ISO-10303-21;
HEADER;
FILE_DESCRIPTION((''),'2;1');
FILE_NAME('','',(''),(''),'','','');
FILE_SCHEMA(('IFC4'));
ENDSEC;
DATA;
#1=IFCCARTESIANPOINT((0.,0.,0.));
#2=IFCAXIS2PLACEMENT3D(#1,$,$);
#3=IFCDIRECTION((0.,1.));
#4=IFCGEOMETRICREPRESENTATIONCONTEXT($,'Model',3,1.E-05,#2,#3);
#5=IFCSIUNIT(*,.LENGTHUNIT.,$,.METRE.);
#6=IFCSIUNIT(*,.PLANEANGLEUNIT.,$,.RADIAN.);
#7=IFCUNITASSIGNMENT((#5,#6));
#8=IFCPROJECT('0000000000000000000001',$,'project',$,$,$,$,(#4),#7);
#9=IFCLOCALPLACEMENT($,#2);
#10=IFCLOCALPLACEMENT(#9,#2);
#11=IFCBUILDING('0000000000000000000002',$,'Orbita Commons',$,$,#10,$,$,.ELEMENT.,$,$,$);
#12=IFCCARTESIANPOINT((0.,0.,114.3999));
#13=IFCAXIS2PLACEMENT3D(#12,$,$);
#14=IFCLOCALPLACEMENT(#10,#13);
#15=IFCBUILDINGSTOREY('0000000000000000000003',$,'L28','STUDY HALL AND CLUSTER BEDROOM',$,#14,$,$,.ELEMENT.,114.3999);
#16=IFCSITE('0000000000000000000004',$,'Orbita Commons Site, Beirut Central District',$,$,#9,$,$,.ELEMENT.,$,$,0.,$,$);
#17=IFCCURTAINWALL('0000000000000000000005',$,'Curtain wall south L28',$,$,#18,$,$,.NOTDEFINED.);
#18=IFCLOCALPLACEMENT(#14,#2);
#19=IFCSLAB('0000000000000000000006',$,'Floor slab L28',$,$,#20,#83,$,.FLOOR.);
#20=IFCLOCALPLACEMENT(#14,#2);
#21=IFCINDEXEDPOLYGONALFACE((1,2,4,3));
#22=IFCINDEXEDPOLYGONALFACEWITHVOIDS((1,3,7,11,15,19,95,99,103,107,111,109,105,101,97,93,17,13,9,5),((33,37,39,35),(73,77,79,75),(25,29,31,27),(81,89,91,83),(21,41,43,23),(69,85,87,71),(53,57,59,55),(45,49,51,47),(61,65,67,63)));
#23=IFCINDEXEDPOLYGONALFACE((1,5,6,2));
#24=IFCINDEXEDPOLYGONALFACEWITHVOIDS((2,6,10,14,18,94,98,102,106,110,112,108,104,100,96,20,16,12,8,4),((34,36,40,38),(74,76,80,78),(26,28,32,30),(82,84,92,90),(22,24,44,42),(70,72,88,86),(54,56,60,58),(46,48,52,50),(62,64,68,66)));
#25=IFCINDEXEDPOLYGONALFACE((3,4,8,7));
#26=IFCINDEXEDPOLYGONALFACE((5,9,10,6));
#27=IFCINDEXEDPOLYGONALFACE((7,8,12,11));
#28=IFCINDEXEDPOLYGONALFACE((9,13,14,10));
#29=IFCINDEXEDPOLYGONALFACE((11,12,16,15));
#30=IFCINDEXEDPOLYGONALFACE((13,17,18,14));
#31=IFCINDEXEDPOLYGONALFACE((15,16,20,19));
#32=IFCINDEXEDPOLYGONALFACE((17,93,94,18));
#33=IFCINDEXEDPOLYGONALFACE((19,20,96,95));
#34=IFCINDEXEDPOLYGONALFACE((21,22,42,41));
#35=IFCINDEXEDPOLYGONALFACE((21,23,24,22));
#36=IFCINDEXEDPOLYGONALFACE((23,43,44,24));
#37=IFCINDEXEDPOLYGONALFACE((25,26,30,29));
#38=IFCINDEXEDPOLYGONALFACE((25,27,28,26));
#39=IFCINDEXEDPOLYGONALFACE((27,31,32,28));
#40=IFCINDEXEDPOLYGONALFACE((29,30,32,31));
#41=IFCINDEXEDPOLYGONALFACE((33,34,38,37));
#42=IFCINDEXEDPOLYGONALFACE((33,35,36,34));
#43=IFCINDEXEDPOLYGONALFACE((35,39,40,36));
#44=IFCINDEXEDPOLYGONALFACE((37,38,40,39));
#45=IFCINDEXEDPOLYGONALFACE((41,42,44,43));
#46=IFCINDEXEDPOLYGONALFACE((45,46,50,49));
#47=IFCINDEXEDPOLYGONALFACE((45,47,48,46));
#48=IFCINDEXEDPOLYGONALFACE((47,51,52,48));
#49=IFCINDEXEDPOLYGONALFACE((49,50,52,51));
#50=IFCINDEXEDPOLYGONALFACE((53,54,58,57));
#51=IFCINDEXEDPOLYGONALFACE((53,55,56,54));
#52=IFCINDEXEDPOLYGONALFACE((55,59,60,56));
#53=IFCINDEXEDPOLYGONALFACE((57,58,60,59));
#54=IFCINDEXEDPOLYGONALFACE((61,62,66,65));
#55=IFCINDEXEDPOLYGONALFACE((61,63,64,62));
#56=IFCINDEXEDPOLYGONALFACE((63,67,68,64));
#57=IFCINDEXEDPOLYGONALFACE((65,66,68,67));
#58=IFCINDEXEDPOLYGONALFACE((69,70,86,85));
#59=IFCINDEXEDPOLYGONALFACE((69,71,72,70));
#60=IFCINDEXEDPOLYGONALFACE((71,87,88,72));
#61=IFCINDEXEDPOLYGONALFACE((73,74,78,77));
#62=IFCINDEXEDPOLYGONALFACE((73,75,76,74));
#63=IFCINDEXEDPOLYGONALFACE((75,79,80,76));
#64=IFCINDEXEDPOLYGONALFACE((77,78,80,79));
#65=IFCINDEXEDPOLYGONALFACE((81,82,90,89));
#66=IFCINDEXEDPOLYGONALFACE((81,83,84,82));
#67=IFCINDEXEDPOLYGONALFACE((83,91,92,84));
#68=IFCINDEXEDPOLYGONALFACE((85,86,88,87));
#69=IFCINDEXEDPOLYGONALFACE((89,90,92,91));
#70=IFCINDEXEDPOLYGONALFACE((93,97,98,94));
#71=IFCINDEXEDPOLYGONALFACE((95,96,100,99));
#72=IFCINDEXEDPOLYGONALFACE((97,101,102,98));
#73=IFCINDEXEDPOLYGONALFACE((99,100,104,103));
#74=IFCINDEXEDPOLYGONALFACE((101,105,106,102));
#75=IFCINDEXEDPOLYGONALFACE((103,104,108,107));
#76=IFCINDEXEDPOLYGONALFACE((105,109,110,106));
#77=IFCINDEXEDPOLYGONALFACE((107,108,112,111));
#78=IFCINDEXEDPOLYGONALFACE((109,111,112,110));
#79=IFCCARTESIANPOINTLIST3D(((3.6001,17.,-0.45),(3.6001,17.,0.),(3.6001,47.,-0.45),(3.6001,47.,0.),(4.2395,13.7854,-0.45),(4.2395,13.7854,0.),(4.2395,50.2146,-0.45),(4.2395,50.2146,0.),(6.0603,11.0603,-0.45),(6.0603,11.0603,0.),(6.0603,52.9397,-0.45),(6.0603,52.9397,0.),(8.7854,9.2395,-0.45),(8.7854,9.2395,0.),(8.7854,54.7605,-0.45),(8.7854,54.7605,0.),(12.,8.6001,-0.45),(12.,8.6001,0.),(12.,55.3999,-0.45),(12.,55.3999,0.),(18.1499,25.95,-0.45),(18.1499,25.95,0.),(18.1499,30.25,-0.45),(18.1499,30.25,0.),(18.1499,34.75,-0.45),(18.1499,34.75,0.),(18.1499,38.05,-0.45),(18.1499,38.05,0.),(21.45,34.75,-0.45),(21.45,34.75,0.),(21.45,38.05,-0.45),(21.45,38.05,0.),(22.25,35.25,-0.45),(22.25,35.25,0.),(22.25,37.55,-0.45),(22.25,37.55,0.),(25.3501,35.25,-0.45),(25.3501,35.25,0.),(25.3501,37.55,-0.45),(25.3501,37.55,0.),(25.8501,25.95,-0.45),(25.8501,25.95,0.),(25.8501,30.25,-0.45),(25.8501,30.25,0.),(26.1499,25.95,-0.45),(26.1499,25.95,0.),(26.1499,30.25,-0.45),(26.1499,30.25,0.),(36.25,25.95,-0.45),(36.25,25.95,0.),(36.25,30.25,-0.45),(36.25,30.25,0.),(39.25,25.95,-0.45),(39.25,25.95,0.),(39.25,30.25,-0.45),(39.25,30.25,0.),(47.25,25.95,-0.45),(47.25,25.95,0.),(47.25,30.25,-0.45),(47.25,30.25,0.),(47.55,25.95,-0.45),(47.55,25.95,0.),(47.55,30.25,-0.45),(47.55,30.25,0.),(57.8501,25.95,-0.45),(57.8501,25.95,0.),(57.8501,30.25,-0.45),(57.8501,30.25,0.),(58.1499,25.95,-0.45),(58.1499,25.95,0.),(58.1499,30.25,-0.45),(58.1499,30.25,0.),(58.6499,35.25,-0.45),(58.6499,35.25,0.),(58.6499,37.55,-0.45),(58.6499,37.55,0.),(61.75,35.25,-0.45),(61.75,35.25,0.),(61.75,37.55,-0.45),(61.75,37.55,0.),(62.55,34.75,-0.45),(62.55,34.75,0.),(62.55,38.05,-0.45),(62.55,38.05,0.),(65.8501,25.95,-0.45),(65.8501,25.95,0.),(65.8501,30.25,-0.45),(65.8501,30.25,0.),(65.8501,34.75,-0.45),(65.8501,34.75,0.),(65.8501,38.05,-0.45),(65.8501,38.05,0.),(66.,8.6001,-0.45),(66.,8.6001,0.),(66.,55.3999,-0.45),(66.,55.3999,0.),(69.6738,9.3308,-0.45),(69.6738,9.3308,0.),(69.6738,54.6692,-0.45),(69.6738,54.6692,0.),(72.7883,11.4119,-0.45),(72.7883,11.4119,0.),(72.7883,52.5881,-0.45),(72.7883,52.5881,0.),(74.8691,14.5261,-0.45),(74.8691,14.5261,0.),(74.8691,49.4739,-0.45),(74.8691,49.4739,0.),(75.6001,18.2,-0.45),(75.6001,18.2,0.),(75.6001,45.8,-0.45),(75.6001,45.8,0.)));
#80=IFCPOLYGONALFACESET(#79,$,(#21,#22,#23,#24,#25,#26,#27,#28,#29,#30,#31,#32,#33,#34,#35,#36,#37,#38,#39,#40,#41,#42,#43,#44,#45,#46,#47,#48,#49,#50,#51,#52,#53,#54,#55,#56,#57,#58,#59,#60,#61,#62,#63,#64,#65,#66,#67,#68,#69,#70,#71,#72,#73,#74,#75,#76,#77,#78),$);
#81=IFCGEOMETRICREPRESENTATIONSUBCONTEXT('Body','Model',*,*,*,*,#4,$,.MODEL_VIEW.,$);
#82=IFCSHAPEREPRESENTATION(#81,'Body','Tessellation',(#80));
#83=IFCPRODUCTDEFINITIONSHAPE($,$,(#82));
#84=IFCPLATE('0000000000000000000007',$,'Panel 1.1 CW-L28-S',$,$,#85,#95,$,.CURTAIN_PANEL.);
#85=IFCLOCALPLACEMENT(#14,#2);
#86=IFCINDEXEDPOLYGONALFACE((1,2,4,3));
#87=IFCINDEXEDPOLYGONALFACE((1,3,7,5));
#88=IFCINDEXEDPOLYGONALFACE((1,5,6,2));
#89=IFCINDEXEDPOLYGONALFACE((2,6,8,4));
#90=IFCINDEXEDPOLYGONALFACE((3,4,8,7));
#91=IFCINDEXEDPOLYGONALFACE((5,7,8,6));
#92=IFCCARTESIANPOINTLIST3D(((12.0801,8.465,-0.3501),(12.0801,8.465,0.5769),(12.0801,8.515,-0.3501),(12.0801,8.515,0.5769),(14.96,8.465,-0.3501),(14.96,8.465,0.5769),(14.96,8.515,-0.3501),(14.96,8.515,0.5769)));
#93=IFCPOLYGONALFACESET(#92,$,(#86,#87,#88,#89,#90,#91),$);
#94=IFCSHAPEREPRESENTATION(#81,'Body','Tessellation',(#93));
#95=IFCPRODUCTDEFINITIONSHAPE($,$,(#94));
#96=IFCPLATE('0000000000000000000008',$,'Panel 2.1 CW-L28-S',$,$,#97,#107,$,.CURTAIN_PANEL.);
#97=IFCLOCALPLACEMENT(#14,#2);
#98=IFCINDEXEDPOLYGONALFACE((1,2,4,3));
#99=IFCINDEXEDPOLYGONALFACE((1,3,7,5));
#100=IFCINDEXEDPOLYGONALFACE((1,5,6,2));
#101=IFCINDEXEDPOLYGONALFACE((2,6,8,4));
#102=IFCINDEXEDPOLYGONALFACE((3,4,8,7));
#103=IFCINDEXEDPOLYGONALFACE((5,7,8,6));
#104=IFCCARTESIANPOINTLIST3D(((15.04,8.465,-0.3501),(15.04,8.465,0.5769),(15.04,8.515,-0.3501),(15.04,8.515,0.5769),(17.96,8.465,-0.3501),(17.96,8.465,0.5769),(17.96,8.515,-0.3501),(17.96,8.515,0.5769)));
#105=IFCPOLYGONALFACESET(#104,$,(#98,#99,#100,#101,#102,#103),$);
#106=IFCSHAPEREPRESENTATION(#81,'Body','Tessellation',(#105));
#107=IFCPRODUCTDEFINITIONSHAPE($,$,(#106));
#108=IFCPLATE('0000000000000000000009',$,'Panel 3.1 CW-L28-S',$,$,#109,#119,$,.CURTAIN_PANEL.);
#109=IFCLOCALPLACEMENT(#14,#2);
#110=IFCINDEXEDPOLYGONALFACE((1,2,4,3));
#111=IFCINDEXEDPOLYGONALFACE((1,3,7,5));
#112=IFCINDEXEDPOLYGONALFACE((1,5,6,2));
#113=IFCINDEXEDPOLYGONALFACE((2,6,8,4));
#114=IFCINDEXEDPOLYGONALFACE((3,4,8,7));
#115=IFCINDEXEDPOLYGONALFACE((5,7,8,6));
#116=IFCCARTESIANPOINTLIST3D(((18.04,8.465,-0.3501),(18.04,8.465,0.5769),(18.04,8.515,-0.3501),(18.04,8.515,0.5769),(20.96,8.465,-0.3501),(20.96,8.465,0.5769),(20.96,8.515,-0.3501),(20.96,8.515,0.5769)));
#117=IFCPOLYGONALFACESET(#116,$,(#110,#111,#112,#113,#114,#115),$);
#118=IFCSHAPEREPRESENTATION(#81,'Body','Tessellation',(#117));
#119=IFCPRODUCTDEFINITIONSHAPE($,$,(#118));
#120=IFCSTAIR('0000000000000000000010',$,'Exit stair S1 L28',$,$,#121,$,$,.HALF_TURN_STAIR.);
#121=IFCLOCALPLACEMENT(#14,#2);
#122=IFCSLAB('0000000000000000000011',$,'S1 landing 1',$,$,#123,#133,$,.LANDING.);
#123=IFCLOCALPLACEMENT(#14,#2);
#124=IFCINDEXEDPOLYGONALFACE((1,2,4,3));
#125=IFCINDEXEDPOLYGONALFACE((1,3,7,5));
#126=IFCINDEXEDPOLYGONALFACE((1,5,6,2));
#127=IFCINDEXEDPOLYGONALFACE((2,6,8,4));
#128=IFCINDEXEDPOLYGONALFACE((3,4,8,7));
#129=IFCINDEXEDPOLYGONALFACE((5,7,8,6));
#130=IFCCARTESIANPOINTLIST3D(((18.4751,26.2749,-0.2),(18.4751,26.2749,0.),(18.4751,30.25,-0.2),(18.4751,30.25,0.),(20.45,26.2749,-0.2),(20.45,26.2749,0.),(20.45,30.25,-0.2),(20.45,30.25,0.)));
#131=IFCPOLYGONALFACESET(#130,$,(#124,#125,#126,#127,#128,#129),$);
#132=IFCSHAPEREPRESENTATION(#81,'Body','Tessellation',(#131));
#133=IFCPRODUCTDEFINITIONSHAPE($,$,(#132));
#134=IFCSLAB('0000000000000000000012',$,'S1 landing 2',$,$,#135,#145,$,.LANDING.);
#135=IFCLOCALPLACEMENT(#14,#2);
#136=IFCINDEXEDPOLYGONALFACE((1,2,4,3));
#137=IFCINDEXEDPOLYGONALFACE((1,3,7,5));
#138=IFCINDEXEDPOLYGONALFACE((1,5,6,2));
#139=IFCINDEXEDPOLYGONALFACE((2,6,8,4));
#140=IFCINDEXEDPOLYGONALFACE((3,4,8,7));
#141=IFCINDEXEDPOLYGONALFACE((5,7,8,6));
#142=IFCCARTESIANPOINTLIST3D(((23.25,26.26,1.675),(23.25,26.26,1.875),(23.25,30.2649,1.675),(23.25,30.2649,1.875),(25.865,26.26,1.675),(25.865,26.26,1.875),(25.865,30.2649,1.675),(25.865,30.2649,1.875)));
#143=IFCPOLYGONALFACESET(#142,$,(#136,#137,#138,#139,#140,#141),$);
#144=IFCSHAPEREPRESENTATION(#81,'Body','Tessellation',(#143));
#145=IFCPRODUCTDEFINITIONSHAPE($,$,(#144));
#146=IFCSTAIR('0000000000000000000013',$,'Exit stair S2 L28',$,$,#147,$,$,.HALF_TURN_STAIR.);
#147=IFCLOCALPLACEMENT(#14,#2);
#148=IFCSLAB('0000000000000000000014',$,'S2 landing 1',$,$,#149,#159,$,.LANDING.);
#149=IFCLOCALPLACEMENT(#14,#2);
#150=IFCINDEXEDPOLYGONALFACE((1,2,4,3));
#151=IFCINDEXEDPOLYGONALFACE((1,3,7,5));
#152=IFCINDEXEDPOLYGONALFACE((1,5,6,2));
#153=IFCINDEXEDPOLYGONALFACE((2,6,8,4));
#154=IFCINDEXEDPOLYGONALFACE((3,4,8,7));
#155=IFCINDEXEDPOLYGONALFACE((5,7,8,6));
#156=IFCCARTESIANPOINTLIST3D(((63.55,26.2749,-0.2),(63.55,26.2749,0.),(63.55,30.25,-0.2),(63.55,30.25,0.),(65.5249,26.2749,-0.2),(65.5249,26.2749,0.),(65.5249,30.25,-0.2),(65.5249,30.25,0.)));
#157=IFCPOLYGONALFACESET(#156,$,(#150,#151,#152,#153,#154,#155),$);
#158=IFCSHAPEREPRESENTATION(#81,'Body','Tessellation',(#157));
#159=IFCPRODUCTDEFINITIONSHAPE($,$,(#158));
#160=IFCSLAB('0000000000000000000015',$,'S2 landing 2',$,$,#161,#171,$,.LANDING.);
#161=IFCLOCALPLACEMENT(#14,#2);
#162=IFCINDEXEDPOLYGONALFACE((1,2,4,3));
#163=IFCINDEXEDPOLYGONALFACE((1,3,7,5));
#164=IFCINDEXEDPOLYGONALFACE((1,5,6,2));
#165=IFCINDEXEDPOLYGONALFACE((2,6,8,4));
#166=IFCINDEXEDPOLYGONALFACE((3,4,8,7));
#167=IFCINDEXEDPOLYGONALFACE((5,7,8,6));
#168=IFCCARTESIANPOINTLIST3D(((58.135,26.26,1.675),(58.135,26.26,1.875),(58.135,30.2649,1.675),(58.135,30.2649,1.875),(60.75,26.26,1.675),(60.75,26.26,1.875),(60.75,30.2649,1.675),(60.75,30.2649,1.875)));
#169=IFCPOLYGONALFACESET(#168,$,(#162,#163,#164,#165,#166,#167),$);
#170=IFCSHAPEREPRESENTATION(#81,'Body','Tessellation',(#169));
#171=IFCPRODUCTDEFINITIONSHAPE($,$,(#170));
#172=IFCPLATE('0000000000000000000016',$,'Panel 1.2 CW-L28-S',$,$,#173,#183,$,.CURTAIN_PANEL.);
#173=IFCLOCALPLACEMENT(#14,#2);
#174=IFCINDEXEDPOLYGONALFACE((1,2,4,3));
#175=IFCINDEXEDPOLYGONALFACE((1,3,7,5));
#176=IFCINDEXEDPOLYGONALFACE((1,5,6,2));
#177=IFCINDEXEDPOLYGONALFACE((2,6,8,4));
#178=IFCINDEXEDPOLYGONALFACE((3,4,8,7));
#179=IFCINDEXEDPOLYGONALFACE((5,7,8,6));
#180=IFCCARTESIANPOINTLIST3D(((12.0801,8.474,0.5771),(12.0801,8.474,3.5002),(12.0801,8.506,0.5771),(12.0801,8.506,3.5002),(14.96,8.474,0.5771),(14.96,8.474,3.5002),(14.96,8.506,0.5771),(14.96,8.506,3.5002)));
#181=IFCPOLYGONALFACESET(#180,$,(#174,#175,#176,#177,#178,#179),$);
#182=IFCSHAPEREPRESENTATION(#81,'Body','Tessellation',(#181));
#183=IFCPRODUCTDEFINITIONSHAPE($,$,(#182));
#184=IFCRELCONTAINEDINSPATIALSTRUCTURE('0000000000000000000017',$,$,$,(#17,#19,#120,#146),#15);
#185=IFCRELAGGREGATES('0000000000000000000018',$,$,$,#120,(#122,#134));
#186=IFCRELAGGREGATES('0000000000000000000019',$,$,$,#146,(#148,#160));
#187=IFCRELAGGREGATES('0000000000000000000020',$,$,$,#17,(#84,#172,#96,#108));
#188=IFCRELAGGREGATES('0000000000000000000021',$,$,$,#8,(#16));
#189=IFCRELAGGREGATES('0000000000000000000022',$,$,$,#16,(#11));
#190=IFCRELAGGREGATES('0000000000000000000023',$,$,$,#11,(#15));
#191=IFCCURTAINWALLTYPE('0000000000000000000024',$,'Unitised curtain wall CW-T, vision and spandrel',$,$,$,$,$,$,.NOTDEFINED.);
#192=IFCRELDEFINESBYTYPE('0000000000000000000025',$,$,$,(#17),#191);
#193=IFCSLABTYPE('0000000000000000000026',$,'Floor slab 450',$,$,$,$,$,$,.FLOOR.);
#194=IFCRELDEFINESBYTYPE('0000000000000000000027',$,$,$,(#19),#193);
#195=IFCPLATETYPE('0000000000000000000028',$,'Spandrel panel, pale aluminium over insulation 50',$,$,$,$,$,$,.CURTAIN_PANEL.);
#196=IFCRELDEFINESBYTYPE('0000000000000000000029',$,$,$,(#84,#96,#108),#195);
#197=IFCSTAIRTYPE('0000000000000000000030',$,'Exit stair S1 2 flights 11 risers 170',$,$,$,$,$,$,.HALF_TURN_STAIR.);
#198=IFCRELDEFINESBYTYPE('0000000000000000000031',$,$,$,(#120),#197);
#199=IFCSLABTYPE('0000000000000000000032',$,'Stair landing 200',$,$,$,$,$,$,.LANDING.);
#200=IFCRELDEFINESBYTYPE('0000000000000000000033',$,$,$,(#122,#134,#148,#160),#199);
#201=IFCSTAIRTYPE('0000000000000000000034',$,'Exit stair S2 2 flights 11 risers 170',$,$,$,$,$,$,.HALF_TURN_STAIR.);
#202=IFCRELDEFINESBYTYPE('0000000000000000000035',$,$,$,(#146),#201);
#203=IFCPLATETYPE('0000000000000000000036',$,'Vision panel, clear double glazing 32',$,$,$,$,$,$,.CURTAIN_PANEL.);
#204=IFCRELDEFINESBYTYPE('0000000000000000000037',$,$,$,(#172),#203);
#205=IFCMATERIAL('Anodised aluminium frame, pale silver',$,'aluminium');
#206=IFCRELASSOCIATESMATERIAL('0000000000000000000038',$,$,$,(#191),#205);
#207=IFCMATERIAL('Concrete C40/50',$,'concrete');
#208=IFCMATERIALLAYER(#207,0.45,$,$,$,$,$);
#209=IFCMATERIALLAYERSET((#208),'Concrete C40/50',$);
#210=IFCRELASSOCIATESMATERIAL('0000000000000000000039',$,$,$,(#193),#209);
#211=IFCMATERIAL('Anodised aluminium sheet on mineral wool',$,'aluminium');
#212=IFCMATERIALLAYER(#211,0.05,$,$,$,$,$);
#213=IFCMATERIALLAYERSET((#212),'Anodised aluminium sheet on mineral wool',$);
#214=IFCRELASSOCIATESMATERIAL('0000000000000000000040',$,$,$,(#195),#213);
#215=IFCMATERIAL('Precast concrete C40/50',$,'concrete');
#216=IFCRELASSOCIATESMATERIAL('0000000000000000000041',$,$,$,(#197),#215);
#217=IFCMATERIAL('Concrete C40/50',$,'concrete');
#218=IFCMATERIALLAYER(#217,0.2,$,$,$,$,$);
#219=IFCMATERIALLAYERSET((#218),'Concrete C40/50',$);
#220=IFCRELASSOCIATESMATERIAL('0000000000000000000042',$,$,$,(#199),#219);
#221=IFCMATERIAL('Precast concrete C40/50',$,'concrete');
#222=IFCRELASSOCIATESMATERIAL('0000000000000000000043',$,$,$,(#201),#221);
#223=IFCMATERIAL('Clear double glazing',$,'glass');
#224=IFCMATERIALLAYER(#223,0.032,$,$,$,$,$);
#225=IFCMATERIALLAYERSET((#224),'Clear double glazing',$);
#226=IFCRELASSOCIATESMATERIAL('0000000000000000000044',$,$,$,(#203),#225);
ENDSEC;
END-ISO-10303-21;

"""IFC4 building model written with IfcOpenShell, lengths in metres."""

from ifc_helpers import new_model, si_unit, direction, frame, origin, origin_2d, place, context, subcontext, project, spatial, polyline, rectangle, outline, extrude, material, layer, layer_set, type_object, element, aggregate, save


model = new_model("IFC4")

# Units and contexts
model_context = context("Model", 3, precision=1e-05, world=origin(), true_north=direction((0.0, 1.0)))
body_context = subcontext(model_context, "Body", "Model", "MODEL_VIEW")
ifc_project = project(units=[si_unit("LENGTHUNIT", "METRE"), si_unit("PLANEANGLEUNIT", "RADIAN")], contexts=[model_context])

# Site, building, storey
site_placement = place(None, origin())
site = spatial("IfcSite", under=ifc_project, at=site_placement, Name="Orbita Commons Site, Beirut Central District", CompositionType="ELEMENT", RefElevation=0.0)
building_placement = place(site_placement, origin())
building = spatial("IfcBuilding", under=site, at=building_placement, Name="Orbita Commons", CompositionType="ELEMENT")
storey_placement = place(building_placement, frame((0.0, 0.0, 114.3999)))
storey = spatial("IfcBuildingStorey", under=building, at=storey_placement, Name="L28", Description="STUDY HALL AND CLUSTER BEDROOM", CompositionType="ELEMENT", Elevation=114.3999)

# Curtain wall
ifc_material_1 = material(Name="Anodised aluminium frame, pale silver", Category="aluminium")
curtain_wall_type = type_object("IfcCurtainWallType", Name="Unitised curtain wall CW-T, vision and spandrel", PredefinedType="NOTDEFINED", material=ifc_material_1)
curtain_wall_placement = place(storey_placement, origin())
curtain_wall = element("IfcCurtainWall", 1, at=curtain_wall_placement, inside=storey, type_object=curtain_wall_type, Name="Curtain wall south L28", PredefinedType="NOTDEFINED")

# Slab
ifc_material_2 = material(Name="Concrete C40/50", Category="concrete")
ifc_layer_1 = layer(ifc_material_2, 0.45)
ifc_layer_set_1 = layer_set([ifc_layer_1], Name="Concrete C40/50")
slab_type_1 = type_object("IfcSlabType", Name="Floor slab 450", PredefinedType="FLOOR", material=ifc_layer_set_1)
slab_1_placement = place(storey_placement, frame((0.0, 0.0, -0.45)))
element("IfcSlab", 2, at=slab_1_placement, inside=storey, type_object=slab_type_1, Name="Floor slab L28", PredefinedType="FLOOR", context=body_context, shape_type="SweptSolid", body=[
    extrude(outline(polyline([(66.0, 8.6001), (69.6738, 9.3308), (72.7883, 11.4119), (74.8691, 14.5261), (75.6001, 18.2), (75.6001, 45.8), (74.8691, 49.4739), (72.7883, 52.5881), (69.6738, 54.6692), (66.0, 55.3999), (12.0, 55.3999), (8.7854, 54.7605), (6.0603, 52.9397), (4.2395, 50.2146), (3.6001, 47.0), (3.6001, 17.0), (4.2395, 13.7854), (6.0603, 11.0603), (8.7854, 9.2395), (12.0, 8.6001), (66.0, 8.6001)]), holes=[polyline([(18.1499, 25.95), (25.8501, 25.95), (25.8501, 30.25), (18.1499, 30.25), (18.1499, 25.95)]), polyline([(58.1499, 25.95), (65.8501, 25.95), (65.8501, 30.25), (58.1499, 30.25), (58.1499, 25.95)]), polyline([(18.1499, 34.75), (21.45, 34.75), (21.45, 38.05), (18.1499, 38.05), (18.1499, 34.75)]), polyline([(62.55, 34.75), (65.8501, 34.75), (65.8501, 38.05), (62.55, 38.05), (62.55, 34.75)]), polyline([(22.25, 35.25), (25.3501, 35.25), (25.3501, 37.55), (22.25, 37.55), (22.25, 35.25)]), polyline([(58.6499, 35.25), (61.75, 35.25), (61.75, 37.55), (58.6499, 37.55), (58.6499, 35.25)]), polyline([(26.1499, 25.95), (36.25, 25.95), (36.25, 30.25), (26.1499, 30.25), (26.1499, 25.95)]), polyline([(39.25, 25.95), (47.25, 25.95), (47.25, 30.25), (39.25, 30.25), (39.25, 25.95)]), polyline([(47.55, 25.95), (57.8501, 25.95), (57.8501, 30.25), (47.55, 30.25), (47.55, 25.95)])]), origin(), (0.0, 0.0, 1.0), 0.45),
])

# Plates
ifc_material_3 = material(Name="Anodised aluminium sheet on mineral wool", Category="aluminium")
ifc_layer_2 = layer(ifc_material_3, 0.05)
ifc_layer_set_2 = layer_set([ifc_layer_2], Name="Anodised aluminium sheet on mineral wool")
plate_type_1 = type_object("IfcPlateType", Name="Spandrel panel, pale aluminium over insulation 50", PredefinedType="CURTAIN_PANEL", material=ifc_layer_set_2)
plate_1_placement = place(storey_placement, frame((13.52, 8.49, -0.3501), z_axis=(0.0, 0.0, 1.0), x_axis=(1.0, 0.0, 0.0)))
plate_1 = element("IfcPlate", 3, at=plate_1_placement, type_object=plate_type_1, Name="Panel 1.1 CW-L28-S", PredefinedType="CURTAIN_PANEL", context=body_context, shape_type="SweptSolid", body=[
    extrude(rectangle(XDim=2.8799, YDim=0.05, at=origin_2d()), origin(), (0.0, 0.0, 1.0), 0.927),
])
plate_2_placement = place(storey_placement, frame((16.5, 8.49, -0.3501), z_axis=(0.0, 0.0, 1.0), x_axis=(1.0, 0.0, 0.0)))
plate_2 = element("IfcPlate", 4, at=plate_2_placement, type_object=plate_type_1, Name="Panel 2.1 CW-L28-S", PredefinedType="CURTAIN_PANEL", context=body_context, shape_type="SweptSolid", body=[
    extrude(rectangle(XDim=2.9199, YDim=0.05, at=origin_2d()), origin(), (0.0, 0.0, 1.0), 0.927),
])
plate_3_placement = place(storey_placement, frame((19.5, 8.49, -0.3501), z_axis=(0.0, 0.0, 1.0), x_axis=(1.0, 0.0, 0.0)))
plate_3 = element("IfcPlate", 5, at=plate_3_placement, type_object=plate_type_1, Name="Panel 3.1 CW-L28-S", PredefinedType="CURTAIN_PANEL", context=body_context, shape_type="SweptSolid", body=[
    extrude(rectangle(XDim=2.9199, YDim=0.05, at=origin_2d()), origin(), (0.0, 0.0, 1.0), 0.927),
])

# Stairs, slabs
ifc_material_4 = material(Name="Precast concrete C40/50", Category="concrete")
stair_type_1 = type_object("IfcStairType", Name="Exit stair S1 2 flights 11 risers 170", PredefinedType="HALF_TURN_STAIR", material=ifc_material_4)
stair_1_placement = place(storey_placement, origin())
stair_1 = element("IfcStair", 6, at=stair_1_placement, inside=storey, type_object=stair_type_1, Name="Exit stair S1 L28", PredefinedType="HALF_TURN_STAIR")
ifc_material_5 = material(Name="Concrete C40/50", Category="concrete")
ifc_layer_3 = layer(ifc_material_5, 0.2)
ifc_layer_set_3 = layer_set([ifc_layer_3], Name="Concrete C40/50")
slab_type_2 = type_object("IfcSlabType", Name="Stair landing 200", PredefinedType="LANDING", material=ifc_layer_set_3)
slab_2_placement = place(storey_placement, frame((0.0, 0.0, -0.2)))
slab_2 = element("IfcSlab", 7, at=slab_2_placement, type_object=slab_type_2, Name="S1 landing 1", PredefinedType="LANDING", context=body_context, shape_type="SweptSolid", body=[
    extrude(outline(polyline([(18.4751, 26.2749), (20.45, 26.2749), (20.45, 30.25), (18.4751, 30.25), (18.4751, 26.2749)])), origin(), (0.0, 0.0, 1.0), 0.2),
])
slab_3_placement = place(storey_placement, frame((0.0, 0.0, 1.675)))
slab_3 = element("IfcSlab", 8, at=slab_3_placement, type_object=slab_type_2, Name="S1 landing 2", PredefinedType="LANDING", context=body_context, shape_type="SweptSolid", body=[
    extrude(outline(polyline([(23.25, 26.26), (25.865, 26.26), (25.865, 30.2649), (23.25, 30.2649), (23.25, 26.26)])), origin(), (0.0, 0.0, 1.0), 0.2),
])
aggregate(stair_1, [slab_2, slab_3])
ifc_material_6 = material(Name="Precast concrete C40/50", Category="concrete")
stair_type_2 = type_object("IfcStairType", Name="Exit stair S2 2 flights 11 risers 170", PredefinedType="HALF_TURN_STAIR", material=ifc_material_6)
stair_2_placement = place(storey_placement, origin())
stair_2 = element("IfcStair", 9, at=stair_2_placement, inside=storey, type_object=stair_type_2, Name="Exit stair S2 L28", PredefinedType="HALF_TURN_STAIR")
slab_4_placement = place(storey_placement, frame((0.0, 0.0, -0.2)))
slab_4 = element("IfcSlab", 10, at=slab_4_placement, type_object=slab_type_2, Name="S2 landing 1", PredefinedType="LANDING", context=body_context, shape_type="SweptSolid", body=[
    extrude(outline(polyline([(63.55, 26.2749), (65.5249, 26.2749), (65.5249, 30.25), (63.55, 30.25), (63.55, 26.2749)])), origin(), (0.0, 0.0, 1.0), 0.2),
])
slab_5_placement = place(storey_placement, frame((0.0, 0.0, 1.675)))
slab_5 = element("IfcSlab", 11, at=slab_5_placement, type_object=slab_type_2, Name="S2 landing 2", PredefinedType="LANDING", context=body_context, shape_type="SweptSolid", body=[
    extrude(outline(polyline([(58.135, 26.26), (60.75, 26.26), (60.75, 30.2649), (58.135, 30.2649), (58.135, 26.26)])), origin(), (0.0, 0.0, 1.0), 0.2),
])
aggregate(stair_2, [slab_4, slab_5])

# Plate
ifc_material_7 = material(Name="Clear double glazing", Category="glass")
ifc_layer_4 = layer(ifc_material_7, 0.032)
ifc_layer_set_4 = layer_set([ifc_layer_4], Name="Clear double glazing")
plate_type_2 = type_object("IfcPlateType", Name="Vision panel, clear double glazing 32", PredefinedType="CURTAIN_PANEL", material=ifc_layer_set_4)
plate_4_placement = place(storey_placement, frame((13.52, 8.49, 0.5771), z_axis=(0.0, 0.0, 1.0), x_axis=(1.0, 0.0, 0.0)))
plate_4 = element("IfcPlate", 12, at=plate_4_placement, type_object=plate_type_2, Name="Panel 1.2 CW-L28-S", PredefinedType="CURTAIN_PANEL", context=body_context, shape_type="SweptSolid", body=[
    extrude(rectangle(XDim=2.8799, YDim=0.032, at=origin_2d()), origin(), (0.0, 0.0, 1.0), 2.9231),
])
aggregate(curtain_wall, [plate_1, plate_4, plate_2, plate_3])

save(model, "model.ifc")
